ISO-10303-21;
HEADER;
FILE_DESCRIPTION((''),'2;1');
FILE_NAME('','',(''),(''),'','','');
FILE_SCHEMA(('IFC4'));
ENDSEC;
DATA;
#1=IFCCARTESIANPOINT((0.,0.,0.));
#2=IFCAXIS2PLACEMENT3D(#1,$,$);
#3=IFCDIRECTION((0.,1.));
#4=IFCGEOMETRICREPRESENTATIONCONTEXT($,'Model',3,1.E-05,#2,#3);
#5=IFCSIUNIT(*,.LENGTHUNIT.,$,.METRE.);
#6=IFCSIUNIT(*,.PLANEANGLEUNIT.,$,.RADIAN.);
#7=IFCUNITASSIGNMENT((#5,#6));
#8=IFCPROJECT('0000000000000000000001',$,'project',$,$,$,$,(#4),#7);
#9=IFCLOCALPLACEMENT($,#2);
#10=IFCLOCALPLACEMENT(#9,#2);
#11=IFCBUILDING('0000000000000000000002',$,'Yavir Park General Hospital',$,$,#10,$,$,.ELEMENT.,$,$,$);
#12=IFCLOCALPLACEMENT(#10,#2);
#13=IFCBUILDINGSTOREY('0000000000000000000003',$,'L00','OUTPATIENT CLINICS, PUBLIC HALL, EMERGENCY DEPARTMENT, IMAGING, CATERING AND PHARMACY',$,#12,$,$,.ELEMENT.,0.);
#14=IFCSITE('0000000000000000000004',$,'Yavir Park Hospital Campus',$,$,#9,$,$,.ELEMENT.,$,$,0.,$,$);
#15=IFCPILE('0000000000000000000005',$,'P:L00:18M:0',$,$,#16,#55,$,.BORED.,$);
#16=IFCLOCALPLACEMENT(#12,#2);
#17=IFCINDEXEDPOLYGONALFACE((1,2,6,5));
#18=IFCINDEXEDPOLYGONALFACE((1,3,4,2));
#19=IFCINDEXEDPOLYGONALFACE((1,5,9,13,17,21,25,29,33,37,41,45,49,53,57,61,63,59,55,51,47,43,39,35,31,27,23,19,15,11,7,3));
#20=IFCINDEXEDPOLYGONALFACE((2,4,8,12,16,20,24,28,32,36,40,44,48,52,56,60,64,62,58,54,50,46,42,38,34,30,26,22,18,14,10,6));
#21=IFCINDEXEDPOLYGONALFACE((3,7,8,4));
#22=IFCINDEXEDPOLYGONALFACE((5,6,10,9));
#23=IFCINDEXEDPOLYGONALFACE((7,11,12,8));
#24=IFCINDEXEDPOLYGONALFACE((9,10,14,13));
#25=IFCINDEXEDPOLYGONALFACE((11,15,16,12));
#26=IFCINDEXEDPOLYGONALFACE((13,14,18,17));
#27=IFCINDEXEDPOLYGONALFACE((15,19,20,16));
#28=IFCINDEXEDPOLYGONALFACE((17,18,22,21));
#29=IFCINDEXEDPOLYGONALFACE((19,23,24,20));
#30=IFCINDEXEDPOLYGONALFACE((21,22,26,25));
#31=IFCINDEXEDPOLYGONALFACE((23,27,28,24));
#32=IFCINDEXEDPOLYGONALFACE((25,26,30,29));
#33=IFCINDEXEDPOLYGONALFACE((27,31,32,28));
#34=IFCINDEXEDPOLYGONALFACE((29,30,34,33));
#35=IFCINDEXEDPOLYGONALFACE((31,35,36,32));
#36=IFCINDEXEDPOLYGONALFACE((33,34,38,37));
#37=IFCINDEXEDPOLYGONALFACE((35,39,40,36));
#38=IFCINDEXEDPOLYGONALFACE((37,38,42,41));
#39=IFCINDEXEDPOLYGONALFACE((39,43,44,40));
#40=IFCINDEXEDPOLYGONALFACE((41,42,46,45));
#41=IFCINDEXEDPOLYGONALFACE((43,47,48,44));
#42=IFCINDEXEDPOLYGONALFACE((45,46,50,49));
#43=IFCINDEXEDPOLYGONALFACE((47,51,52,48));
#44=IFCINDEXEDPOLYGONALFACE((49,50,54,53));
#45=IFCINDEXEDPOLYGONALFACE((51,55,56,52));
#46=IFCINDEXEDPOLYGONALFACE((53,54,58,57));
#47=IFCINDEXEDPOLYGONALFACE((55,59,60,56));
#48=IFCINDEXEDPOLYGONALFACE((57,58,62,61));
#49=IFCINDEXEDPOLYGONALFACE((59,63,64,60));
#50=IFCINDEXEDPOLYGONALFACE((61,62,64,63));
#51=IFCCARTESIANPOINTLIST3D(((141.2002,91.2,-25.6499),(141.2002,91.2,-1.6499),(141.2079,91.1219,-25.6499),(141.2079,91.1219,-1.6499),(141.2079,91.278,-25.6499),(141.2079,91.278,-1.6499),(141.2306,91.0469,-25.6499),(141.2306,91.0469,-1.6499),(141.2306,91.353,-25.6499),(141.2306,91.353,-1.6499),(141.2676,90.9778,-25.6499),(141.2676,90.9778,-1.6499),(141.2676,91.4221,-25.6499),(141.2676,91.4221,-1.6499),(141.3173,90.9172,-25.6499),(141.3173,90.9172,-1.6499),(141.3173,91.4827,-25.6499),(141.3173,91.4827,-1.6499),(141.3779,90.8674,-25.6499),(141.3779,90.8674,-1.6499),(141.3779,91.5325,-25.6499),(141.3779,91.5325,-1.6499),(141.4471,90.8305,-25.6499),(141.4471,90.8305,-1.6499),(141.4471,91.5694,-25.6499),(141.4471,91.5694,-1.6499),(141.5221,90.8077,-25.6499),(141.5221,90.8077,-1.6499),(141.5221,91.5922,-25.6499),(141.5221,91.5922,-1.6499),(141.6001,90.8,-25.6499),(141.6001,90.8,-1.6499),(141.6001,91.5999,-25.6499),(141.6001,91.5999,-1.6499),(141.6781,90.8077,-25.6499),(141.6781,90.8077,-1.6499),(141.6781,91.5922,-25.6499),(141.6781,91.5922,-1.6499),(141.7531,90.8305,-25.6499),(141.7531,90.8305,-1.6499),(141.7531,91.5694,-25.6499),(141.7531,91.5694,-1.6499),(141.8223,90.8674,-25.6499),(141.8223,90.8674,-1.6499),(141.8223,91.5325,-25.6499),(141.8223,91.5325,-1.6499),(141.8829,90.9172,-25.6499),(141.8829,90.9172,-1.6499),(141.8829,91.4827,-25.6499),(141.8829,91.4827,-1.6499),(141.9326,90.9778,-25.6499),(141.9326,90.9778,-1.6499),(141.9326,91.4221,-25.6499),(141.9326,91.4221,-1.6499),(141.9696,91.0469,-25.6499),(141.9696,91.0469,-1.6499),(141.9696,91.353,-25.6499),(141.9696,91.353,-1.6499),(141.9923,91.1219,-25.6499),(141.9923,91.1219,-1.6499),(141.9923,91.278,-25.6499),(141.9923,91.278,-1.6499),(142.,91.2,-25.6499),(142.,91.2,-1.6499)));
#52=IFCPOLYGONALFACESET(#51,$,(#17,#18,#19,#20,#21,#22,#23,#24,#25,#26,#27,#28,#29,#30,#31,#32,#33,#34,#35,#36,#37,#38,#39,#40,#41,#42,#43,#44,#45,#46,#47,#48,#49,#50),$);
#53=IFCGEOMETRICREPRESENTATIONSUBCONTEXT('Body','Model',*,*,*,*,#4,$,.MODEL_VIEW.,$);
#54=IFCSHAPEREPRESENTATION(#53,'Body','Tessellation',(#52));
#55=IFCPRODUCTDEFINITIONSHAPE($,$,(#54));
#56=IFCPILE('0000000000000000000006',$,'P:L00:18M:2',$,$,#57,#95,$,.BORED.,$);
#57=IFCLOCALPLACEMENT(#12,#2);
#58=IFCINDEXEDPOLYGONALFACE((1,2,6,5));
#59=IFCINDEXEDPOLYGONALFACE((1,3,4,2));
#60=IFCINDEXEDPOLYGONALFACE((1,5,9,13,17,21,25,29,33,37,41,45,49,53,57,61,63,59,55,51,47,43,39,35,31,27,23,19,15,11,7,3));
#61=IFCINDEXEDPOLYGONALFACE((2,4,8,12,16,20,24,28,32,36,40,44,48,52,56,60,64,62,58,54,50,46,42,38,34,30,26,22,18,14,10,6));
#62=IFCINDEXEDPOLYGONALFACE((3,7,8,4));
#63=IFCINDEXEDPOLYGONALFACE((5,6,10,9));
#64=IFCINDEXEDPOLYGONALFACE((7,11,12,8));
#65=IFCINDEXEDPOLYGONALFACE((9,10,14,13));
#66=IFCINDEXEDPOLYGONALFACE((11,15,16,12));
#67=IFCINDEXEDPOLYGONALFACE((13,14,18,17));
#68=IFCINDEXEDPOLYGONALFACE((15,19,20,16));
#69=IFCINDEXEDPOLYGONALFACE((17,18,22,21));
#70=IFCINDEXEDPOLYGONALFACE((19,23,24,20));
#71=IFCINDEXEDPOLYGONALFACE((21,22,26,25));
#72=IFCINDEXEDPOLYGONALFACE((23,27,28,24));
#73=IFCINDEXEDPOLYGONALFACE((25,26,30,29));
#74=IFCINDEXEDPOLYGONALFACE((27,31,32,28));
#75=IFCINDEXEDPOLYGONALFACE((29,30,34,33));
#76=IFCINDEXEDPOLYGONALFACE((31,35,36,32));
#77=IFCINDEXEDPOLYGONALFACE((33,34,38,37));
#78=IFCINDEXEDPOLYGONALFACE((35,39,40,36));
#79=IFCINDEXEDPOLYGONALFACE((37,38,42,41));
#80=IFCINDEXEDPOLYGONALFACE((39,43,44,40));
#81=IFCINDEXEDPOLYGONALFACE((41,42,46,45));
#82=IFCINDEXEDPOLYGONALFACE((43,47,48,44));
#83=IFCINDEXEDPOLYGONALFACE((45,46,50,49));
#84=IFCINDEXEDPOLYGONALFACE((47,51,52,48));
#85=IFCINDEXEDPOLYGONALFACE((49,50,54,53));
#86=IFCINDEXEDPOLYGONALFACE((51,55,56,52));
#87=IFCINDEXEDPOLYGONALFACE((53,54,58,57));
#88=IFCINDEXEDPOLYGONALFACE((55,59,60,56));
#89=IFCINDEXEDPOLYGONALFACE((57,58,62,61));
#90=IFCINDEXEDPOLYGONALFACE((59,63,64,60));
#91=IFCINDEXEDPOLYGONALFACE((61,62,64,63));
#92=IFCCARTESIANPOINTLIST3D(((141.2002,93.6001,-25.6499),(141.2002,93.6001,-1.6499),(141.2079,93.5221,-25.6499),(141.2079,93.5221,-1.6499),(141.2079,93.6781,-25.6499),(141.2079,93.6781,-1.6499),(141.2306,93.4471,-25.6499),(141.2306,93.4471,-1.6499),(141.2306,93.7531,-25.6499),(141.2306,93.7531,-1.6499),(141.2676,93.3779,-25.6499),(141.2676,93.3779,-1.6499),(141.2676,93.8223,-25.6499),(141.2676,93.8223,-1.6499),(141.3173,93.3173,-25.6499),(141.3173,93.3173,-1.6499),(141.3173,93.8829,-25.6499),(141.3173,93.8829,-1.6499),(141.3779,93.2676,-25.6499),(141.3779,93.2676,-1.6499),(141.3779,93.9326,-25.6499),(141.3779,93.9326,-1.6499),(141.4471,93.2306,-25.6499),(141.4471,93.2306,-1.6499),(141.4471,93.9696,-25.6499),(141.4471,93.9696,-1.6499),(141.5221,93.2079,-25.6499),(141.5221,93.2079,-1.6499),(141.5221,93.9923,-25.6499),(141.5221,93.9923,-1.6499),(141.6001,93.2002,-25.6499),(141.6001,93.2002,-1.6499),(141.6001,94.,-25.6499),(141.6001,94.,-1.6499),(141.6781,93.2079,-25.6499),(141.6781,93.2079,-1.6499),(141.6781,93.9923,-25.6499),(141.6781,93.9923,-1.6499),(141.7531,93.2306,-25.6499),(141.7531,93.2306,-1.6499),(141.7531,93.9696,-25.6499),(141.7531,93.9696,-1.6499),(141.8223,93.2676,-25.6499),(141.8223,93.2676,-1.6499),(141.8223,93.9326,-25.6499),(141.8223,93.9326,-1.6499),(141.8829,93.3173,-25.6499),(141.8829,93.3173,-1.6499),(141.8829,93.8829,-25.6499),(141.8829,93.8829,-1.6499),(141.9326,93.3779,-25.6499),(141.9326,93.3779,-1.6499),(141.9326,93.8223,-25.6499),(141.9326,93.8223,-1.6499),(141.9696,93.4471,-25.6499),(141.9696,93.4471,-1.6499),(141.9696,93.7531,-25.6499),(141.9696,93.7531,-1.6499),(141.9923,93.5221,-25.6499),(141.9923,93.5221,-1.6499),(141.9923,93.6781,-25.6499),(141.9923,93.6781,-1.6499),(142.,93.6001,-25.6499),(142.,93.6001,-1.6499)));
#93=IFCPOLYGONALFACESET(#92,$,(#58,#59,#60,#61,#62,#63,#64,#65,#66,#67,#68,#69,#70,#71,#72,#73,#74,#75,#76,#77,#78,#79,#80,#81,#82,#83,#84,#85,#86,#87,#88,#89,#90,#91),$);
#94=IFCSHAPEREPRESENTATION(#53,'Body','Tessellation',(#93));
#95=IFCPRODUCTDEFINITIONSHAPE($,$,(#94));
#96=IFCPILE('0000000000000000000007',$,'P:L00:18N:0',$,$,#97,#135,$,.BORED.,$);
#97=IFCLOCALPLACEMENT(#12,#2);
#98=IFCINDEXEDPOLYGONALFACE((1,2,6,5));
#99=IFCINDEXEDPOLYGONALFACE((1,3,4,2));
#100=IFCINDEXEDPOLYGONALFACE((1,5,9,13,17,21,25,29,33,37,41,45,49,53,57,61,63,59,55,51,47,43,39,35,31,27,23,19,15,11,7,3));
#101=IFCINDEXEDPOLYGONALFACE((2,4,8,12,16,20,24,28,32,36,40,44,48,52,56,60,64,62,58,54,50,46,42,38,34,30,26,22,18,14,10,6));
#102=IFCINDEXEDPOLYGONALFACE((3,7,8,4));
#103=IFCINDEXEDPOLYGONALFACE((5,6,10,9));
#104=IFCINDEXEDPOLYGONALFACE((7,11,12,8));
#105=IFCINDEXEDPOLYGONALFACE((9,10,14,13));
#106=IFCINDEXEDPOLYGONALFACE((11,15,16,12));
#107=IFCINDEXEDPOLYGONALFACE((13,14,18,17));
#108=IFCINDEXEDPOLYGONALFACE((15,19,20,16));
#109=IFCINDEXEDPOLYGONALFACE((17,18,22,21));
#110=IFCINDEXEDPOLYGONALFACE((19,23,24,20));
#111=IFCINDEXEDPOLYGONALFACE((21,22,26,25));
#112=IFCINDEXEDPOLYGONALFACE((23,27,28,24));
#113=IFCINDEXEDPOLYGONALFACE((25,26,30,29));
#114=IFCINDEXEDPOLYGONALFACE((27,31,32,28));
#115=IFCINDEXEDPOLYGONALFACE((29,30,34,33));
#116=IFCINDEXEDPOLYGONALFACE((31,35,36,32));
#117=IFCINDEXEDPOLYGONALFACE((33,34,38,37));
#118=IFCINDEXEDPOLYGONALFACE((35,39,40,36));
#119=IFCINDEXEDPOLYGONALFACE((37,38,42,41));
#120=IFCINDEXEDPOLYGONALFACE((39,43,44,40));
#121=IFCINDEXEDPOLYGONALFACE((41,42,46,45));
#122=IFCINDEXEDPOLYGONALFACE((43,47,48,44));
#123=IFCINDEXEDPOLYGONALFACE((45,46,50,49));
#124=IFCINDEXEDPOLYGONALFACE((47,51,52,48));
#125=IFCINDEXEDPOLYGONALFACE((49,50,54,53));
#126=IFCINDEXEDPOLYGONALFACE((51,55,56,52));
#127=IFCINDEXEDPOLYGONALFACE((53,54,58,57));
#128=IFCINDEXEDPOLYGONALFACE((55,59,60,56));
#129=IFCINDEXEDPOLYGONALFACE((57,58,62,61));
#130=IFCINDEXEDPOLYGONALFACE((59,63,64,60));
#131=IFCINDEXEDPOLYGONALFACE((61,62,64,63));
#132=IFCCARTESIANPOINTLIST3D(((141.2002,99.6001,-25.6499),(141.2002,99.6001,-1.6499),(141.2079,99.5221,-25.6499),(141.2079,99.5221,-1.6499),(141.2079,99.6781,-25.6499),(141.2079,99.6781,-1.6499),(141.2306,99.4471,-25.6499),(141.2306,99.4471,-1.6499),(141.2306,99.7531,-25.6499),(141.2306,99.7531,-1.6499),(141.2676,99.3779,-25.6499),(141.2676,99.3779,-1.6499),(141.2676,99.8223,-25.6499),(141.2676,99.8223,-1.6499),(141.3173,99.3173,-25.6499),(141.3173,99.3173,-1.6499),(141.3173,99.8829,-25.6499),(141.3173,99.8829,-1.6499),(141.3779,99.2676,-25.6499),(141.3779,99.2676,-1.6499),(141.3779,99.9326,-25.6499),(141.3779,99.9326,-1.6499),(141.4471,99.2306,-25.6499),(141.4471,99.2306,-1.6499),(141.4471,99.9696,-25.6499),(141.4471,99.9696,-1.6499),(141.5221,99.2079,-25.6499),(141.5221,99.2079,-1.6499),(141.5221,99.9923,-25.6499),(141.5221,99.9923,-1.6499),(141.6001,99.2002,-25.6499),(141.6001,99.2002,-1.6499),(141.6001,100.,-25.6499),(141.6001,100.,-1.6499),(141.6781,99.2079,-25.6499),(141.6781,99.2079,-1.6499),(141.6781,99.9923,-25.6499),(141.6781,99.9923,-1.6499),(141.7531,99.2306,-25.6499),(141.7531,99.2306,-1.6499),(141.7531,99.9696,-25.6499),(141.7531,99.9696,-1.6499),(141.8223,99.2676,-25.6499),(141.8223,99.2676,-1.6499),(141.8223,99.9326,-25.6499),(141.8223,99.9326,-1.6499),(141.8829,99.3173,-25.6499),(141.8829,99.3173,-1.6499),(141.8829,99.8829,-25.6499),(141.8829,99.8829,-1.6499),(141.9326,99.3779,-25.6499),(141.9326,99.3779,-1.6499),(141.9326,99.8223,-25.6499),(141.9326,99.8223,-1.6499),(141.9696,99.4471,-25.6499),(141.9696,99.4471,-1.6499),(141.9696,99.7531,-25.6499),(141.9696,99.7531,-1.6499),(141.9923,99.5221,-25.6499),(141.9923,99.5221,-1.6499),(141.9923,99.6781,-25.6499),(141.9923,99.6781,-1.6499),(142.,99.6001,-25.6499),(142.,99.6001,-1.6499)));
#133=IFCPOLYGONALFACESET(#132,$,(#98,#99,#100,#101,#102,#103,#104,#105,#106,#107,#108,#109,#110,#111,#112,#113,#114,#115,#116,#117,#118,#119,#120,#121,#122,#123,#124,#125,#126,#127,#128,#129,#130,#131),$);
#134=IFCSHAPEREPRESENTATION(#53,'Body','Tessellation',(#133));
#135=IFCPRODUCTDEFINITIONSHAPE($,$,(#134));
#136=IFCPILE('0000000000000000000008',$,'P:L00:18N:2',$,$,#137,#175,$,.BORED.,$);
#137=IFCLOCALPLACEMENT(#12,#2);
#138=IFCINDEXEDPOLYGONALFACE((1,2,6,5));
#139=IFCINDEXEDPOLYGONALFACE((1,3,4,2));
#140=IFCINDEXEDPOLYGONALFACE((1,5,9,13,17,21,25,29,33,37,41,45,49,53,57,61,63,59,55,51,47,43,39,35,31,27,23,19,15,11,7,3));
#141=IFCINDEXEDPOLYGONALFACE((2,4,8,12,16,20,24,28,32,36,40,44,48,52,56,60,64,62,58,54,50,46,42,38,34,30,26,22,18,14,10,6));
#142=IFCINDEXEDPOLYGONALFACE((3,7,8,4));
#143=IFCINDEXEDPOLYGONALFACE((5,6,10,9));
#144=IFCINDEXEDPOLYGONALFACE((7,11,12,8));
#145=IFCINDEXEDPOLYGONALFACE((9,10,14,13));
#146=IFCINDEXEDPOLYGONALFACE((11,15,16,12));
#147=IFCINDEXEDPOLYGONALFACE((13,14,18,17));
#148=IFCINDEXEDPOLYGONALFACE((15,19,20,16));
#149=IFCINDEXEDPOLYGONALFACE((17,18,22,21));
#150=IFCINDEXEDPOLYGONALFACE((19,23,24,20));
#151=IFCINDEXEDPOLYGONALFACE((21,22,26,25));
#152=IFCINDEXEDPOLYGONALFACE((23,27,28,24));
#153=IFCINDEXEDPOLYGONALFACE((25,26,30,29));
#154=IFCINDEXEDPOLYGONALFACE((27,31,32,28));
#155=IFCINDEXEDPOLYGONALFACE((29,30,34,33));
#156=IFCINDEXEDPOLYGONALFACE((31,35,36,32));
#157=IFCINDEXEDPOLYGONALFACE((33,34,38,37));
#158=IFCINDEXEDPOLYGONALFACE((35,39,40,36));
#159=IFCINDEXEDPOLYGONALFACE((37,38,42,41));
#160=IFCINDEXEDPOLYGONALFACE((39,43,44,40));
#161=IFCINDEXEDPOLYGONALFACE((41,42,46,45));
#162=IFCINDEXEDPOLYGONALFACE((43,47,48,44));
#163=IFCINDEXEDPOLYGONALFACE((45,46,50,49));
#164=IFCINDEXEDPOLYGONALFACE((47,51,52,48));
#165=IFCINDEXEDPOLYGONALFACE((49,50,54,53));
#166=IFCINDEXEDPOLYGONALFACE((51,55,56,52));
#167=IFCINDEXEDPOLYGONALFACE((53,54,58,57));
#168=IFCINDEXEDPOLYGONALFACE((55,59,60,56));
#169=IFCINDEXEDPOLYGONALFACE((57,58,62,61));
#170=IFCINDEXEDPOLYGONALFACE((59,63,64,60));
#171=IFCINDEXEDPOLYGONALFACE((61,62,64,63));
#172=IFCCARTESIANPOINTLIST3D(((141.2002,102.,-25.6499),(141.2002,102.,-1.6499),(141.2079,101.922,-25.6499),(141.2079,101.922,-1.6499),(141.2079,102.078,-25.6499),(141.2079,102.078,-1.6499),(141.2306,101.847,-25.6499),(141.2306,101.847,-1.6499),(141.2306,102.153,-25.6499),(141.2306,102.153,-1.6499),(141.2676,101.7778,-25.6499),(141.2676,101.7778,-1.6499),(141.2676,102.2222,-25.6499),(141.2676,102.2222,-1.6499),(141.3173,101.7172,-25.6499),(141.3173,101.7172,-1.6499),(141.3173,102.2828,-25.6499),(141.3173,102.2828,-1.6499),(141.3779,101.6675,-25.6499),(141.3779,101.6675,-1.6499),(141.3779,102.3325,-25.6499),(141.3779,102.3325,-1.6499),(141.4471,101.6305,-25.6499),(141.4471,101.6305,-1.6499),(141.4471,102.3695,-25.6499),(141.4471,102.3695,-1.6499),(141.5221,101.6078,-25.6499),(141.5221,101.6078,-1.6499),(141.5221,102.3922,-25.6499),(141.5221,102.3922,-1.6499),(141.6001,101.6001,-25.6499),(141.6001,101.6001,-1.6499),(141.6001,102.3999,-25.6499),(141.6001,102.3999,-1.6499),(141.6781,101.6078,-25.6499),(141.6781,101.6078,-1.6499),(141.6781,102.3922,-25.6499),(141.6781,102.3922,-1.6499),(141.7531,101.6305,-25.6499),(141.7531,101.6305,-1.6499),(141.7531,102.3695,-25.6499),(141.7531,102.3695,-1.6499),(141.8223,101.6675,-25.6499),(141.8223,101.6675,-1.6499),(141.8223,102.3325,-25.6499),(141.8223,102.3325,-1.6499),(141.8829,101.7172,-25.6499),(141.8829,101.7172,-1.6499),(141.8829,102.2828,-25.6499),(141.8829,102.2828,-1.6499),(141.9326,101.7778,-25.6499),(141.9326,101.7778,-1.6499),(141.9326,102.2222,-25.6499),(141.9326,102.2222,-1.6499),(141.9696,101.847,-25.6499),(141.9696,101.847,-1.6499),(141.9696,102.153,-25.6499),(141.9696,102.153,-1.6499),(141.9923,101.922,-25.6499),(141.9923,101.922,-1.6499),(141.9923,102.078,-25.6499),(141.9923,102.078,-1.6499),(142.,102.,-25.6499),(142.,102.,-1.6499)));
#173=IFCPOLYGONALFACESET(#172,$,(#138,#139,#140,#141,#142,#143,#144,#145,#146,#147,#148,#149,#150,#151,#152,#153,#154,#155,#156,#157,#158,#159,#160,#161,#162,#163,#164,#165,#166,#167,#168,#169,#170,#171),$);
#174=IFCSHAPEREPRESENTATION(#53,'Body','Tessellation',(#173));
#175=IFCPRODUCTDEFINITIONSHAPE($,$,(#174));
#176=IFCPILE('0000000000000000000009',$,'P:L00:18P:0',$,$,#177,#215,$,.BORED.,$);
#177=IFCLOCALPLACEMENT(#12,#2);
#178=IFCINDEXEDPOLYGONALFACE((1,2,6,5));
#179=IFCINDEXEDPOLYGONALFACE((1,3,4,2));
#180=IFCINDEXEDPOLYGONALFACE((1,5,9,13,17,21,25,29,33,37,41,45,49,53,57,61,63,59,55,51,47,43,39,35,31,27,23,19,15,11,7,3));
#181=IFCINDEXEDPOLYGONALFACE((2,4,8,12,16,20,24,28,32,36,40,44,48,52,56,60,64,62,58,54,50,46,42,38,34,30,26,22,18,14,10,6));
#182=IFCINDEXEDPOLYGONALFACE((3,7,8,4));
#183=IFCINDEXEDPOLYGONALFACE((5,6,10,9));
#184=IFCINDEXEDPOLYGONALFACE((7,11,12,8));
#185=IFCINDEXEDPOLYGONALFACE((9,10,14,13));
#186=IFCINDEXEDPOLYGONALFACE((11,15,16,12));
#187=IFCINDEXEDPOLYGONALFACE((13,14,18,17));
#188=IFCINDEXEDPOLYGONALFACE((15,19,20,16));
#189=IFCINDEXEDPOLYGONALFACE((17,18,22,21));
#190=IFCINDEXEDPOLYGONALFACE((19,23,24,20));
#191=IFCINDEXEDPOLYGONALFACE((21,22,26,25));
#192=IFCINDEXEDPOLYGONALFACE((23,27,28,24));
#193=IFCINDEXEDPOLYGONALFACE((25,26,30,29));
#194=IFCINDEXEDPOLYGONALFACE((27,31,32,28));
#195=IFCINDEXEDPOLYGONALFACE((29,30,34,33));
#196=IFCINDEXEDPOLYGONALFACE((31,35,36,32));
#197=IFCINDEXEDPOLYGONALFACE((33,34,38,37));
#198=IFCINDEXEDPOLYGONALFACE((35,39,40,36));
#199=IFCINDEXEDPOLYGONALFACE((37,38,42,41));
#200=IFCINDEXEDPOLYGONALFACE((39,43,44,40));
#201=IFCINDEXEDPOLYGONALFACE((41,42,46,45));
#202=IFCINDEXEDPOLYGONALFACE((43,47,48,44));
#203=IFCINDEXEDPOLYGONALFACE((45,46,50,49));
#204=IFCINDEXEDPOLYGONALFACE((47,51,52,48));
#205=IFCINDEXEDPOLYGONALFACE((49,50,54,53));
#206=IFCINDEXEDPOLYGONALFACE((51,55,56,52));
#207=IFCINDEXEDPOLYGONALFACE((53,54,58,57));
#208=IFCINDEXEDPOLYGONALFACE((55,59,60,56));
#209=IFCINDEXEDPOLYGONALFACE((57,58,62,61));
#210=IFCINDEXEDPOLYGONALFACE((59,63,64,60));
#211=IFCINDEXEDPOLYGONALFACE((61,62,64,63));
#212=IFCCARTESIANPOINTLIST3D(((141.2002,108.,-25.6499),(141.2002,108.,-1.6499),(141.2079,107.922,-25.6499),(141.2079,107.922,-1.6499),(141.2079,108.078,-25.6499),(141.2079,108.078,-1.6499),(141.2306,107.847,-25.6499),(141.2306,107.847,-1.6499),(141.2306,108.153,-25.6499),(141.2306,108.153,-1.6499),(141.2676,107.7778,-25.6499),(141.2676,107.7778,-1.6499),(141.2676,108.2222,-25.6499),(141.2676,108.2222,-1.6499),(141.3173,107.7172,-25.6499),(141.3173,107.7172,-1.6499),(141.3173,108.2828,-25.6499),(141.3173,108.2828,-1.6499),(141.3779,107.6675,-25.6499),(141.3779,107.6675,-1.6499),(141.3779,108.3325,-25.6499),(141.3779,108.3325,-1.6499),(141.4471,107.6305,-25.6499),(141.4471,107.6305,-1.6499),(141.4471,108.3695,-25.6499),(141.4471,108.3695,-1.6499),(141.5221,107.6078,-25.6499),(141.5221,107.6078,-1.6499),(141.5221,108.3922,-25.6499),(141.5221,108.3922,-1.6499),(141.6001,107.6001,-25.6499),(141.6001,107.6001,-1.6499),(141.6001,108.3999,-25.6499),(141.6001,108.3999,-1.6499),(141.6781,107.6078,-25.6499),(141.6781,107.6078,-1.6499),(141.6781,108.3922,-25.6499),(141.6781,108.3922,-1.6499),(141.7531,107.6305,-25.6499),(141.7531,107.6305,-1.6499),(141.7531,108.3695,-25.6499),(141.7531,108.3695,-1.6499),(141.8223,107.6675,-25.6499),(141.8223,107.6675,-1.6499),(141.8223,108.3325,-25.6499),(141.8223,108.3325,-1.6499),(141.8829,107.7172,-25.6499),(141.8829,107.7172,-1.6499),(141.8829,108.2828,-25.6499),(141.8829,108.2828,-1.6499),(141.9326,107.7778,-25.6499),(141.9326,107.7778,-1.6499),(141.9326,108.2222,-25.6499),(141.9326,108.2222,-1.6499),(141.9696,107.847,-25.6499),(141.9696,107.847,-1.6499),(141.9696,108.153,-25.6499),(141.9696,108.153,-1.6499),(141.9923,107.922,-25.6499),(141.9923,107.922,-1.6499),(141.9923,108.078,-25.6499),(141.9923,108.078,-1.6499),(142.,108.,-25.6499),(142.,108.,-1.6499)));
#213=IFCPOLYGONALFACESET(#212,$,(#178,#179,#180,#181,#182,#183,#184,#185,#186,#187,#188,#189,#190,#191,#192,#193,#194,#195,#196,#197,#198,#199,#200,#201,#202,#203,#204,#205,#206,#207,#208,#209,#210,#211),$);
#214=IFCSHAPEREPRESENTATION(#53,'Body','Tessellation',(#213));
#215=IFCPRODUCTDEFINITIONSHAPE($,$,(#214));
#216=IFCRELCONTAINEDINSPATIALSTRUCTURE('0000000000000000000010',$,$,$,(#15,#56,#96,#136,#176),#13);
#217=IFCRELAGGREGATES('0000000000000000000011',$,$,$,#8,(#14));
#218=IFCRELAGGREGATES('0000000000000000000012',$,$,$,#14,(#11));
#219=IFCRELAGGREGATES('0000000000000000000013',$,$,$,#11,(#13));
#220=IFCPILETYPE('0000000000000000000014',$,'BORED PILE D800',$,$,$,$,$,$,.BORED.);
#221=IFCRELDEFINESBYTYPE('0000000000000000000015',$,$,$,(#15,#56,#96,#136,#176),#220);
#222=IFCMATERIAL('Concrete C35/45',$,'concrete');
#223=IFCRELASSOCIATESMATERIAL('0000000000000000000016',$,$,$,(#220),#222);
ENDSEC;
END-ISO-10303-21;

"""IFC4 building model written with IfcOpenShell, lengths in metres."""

from ifc_helpers import new_model, si_unit, direction, frame, origin, origin_2d, place, context, subcontext, project, spatial, circle, extrude, material, material_profile, profile_set, type_object, element, save


model = new_model("IFC4")

# Units and contexts
model_context = context("Model", 3, precision=1e-05, world=origin(), true_north=direction((0.0, 1.0)))
body_context = subcontext(model_context, "Body", "Model", "MODEL_VIEW")
ifc_project = project(units=[si_unit("LENGTHUNIT", "METRE"), si_unit("PLANEANGLEUNIT", "RADIAN")], contexts=[model_context])

# Site, building, storey
site_placement = place(None, origin())
site = spatial("IfcSite", under=ifc_project, at=site_placement, Name="Yavir Park Hospital Campus", CompositionType="ELEMENT", RefElevation=0.0)
building_placement = place(site_placement, origin())
building = spatial("IfcBuilding", under=site, at=building_placement, Name="Yavir Park General Hospital", CompositionType="ELEMENT")
storey_placement = place(building_placement, origin())
storey = spatial("IfcBuildingStorey", under=building, at=storey_placement, Name="L00", Description="OUTPATIENT CLINICS, PUBLIC HALL, EMERGENCY DEPARTMENT, IMAGING, CATERING AND PHARMACY", CompositionType="ELEMENT", Elevation=0.0)

# Piles
ifc_material_1 = material(Name="Concrete C35/45", Category="concrete")
ifc_material_profile = material_profile(ifc_material_1, circle(Radius=0.3999, at=origin_2d()), Name="D800")
ifc_profile_set = profile_set([ifc_material_profile], Name="Concrete C35/45")
pile_type = type_object("IfcPileType", Name="BORED PILE D800", PredefinedType="BORED", material=ifc_profile_set)
for number, where, z_axis, x_axis, name in (
    (1, (141.6001, 91.2, -1.6499), (0.0, 0.0, -1.0), (1.0, 0.0, 0.0), "P:L00:18M:0"),
    (2, (141.6001, 93.6001, -1.6499), (0.0, 0.0, -1.0), (1.0, 0.0, 0.0), "P:L00:18M:2"),
    (3, (141.6001, 99.6001, -1.6499), (0.0, 0.0, -1.0), (1.0, 0.0, 0.0), "P:L00:18N:0"),
    (4, (141.6001, 102.0, -1.6499), (0.0, 0.0, -1.0), (1.0, 0.0, 0.0), "P:L00:18N:2"),
    (5, (141.6001, 108.0, -1.6499), (0.0, 0.0, -1.0), (1.0, 0.0, 0.0), "P:L00:18P:0"),
):
    element("IfcPile", number, at=place(storey_placement, frame(where, z_axis=z_axis, x_axis=x_axis)), inside=storey, type_object=pile_type, Name=name, PredefinedType="BORED", context=body_context, shape_type="SweptSolid", body=[
        extrude(circle(Radius=0.3999, at=origin_2d()), origin(), (0.0, 0.0, 1.0), 24.0),
    ])

save(model, "model.ifc")
